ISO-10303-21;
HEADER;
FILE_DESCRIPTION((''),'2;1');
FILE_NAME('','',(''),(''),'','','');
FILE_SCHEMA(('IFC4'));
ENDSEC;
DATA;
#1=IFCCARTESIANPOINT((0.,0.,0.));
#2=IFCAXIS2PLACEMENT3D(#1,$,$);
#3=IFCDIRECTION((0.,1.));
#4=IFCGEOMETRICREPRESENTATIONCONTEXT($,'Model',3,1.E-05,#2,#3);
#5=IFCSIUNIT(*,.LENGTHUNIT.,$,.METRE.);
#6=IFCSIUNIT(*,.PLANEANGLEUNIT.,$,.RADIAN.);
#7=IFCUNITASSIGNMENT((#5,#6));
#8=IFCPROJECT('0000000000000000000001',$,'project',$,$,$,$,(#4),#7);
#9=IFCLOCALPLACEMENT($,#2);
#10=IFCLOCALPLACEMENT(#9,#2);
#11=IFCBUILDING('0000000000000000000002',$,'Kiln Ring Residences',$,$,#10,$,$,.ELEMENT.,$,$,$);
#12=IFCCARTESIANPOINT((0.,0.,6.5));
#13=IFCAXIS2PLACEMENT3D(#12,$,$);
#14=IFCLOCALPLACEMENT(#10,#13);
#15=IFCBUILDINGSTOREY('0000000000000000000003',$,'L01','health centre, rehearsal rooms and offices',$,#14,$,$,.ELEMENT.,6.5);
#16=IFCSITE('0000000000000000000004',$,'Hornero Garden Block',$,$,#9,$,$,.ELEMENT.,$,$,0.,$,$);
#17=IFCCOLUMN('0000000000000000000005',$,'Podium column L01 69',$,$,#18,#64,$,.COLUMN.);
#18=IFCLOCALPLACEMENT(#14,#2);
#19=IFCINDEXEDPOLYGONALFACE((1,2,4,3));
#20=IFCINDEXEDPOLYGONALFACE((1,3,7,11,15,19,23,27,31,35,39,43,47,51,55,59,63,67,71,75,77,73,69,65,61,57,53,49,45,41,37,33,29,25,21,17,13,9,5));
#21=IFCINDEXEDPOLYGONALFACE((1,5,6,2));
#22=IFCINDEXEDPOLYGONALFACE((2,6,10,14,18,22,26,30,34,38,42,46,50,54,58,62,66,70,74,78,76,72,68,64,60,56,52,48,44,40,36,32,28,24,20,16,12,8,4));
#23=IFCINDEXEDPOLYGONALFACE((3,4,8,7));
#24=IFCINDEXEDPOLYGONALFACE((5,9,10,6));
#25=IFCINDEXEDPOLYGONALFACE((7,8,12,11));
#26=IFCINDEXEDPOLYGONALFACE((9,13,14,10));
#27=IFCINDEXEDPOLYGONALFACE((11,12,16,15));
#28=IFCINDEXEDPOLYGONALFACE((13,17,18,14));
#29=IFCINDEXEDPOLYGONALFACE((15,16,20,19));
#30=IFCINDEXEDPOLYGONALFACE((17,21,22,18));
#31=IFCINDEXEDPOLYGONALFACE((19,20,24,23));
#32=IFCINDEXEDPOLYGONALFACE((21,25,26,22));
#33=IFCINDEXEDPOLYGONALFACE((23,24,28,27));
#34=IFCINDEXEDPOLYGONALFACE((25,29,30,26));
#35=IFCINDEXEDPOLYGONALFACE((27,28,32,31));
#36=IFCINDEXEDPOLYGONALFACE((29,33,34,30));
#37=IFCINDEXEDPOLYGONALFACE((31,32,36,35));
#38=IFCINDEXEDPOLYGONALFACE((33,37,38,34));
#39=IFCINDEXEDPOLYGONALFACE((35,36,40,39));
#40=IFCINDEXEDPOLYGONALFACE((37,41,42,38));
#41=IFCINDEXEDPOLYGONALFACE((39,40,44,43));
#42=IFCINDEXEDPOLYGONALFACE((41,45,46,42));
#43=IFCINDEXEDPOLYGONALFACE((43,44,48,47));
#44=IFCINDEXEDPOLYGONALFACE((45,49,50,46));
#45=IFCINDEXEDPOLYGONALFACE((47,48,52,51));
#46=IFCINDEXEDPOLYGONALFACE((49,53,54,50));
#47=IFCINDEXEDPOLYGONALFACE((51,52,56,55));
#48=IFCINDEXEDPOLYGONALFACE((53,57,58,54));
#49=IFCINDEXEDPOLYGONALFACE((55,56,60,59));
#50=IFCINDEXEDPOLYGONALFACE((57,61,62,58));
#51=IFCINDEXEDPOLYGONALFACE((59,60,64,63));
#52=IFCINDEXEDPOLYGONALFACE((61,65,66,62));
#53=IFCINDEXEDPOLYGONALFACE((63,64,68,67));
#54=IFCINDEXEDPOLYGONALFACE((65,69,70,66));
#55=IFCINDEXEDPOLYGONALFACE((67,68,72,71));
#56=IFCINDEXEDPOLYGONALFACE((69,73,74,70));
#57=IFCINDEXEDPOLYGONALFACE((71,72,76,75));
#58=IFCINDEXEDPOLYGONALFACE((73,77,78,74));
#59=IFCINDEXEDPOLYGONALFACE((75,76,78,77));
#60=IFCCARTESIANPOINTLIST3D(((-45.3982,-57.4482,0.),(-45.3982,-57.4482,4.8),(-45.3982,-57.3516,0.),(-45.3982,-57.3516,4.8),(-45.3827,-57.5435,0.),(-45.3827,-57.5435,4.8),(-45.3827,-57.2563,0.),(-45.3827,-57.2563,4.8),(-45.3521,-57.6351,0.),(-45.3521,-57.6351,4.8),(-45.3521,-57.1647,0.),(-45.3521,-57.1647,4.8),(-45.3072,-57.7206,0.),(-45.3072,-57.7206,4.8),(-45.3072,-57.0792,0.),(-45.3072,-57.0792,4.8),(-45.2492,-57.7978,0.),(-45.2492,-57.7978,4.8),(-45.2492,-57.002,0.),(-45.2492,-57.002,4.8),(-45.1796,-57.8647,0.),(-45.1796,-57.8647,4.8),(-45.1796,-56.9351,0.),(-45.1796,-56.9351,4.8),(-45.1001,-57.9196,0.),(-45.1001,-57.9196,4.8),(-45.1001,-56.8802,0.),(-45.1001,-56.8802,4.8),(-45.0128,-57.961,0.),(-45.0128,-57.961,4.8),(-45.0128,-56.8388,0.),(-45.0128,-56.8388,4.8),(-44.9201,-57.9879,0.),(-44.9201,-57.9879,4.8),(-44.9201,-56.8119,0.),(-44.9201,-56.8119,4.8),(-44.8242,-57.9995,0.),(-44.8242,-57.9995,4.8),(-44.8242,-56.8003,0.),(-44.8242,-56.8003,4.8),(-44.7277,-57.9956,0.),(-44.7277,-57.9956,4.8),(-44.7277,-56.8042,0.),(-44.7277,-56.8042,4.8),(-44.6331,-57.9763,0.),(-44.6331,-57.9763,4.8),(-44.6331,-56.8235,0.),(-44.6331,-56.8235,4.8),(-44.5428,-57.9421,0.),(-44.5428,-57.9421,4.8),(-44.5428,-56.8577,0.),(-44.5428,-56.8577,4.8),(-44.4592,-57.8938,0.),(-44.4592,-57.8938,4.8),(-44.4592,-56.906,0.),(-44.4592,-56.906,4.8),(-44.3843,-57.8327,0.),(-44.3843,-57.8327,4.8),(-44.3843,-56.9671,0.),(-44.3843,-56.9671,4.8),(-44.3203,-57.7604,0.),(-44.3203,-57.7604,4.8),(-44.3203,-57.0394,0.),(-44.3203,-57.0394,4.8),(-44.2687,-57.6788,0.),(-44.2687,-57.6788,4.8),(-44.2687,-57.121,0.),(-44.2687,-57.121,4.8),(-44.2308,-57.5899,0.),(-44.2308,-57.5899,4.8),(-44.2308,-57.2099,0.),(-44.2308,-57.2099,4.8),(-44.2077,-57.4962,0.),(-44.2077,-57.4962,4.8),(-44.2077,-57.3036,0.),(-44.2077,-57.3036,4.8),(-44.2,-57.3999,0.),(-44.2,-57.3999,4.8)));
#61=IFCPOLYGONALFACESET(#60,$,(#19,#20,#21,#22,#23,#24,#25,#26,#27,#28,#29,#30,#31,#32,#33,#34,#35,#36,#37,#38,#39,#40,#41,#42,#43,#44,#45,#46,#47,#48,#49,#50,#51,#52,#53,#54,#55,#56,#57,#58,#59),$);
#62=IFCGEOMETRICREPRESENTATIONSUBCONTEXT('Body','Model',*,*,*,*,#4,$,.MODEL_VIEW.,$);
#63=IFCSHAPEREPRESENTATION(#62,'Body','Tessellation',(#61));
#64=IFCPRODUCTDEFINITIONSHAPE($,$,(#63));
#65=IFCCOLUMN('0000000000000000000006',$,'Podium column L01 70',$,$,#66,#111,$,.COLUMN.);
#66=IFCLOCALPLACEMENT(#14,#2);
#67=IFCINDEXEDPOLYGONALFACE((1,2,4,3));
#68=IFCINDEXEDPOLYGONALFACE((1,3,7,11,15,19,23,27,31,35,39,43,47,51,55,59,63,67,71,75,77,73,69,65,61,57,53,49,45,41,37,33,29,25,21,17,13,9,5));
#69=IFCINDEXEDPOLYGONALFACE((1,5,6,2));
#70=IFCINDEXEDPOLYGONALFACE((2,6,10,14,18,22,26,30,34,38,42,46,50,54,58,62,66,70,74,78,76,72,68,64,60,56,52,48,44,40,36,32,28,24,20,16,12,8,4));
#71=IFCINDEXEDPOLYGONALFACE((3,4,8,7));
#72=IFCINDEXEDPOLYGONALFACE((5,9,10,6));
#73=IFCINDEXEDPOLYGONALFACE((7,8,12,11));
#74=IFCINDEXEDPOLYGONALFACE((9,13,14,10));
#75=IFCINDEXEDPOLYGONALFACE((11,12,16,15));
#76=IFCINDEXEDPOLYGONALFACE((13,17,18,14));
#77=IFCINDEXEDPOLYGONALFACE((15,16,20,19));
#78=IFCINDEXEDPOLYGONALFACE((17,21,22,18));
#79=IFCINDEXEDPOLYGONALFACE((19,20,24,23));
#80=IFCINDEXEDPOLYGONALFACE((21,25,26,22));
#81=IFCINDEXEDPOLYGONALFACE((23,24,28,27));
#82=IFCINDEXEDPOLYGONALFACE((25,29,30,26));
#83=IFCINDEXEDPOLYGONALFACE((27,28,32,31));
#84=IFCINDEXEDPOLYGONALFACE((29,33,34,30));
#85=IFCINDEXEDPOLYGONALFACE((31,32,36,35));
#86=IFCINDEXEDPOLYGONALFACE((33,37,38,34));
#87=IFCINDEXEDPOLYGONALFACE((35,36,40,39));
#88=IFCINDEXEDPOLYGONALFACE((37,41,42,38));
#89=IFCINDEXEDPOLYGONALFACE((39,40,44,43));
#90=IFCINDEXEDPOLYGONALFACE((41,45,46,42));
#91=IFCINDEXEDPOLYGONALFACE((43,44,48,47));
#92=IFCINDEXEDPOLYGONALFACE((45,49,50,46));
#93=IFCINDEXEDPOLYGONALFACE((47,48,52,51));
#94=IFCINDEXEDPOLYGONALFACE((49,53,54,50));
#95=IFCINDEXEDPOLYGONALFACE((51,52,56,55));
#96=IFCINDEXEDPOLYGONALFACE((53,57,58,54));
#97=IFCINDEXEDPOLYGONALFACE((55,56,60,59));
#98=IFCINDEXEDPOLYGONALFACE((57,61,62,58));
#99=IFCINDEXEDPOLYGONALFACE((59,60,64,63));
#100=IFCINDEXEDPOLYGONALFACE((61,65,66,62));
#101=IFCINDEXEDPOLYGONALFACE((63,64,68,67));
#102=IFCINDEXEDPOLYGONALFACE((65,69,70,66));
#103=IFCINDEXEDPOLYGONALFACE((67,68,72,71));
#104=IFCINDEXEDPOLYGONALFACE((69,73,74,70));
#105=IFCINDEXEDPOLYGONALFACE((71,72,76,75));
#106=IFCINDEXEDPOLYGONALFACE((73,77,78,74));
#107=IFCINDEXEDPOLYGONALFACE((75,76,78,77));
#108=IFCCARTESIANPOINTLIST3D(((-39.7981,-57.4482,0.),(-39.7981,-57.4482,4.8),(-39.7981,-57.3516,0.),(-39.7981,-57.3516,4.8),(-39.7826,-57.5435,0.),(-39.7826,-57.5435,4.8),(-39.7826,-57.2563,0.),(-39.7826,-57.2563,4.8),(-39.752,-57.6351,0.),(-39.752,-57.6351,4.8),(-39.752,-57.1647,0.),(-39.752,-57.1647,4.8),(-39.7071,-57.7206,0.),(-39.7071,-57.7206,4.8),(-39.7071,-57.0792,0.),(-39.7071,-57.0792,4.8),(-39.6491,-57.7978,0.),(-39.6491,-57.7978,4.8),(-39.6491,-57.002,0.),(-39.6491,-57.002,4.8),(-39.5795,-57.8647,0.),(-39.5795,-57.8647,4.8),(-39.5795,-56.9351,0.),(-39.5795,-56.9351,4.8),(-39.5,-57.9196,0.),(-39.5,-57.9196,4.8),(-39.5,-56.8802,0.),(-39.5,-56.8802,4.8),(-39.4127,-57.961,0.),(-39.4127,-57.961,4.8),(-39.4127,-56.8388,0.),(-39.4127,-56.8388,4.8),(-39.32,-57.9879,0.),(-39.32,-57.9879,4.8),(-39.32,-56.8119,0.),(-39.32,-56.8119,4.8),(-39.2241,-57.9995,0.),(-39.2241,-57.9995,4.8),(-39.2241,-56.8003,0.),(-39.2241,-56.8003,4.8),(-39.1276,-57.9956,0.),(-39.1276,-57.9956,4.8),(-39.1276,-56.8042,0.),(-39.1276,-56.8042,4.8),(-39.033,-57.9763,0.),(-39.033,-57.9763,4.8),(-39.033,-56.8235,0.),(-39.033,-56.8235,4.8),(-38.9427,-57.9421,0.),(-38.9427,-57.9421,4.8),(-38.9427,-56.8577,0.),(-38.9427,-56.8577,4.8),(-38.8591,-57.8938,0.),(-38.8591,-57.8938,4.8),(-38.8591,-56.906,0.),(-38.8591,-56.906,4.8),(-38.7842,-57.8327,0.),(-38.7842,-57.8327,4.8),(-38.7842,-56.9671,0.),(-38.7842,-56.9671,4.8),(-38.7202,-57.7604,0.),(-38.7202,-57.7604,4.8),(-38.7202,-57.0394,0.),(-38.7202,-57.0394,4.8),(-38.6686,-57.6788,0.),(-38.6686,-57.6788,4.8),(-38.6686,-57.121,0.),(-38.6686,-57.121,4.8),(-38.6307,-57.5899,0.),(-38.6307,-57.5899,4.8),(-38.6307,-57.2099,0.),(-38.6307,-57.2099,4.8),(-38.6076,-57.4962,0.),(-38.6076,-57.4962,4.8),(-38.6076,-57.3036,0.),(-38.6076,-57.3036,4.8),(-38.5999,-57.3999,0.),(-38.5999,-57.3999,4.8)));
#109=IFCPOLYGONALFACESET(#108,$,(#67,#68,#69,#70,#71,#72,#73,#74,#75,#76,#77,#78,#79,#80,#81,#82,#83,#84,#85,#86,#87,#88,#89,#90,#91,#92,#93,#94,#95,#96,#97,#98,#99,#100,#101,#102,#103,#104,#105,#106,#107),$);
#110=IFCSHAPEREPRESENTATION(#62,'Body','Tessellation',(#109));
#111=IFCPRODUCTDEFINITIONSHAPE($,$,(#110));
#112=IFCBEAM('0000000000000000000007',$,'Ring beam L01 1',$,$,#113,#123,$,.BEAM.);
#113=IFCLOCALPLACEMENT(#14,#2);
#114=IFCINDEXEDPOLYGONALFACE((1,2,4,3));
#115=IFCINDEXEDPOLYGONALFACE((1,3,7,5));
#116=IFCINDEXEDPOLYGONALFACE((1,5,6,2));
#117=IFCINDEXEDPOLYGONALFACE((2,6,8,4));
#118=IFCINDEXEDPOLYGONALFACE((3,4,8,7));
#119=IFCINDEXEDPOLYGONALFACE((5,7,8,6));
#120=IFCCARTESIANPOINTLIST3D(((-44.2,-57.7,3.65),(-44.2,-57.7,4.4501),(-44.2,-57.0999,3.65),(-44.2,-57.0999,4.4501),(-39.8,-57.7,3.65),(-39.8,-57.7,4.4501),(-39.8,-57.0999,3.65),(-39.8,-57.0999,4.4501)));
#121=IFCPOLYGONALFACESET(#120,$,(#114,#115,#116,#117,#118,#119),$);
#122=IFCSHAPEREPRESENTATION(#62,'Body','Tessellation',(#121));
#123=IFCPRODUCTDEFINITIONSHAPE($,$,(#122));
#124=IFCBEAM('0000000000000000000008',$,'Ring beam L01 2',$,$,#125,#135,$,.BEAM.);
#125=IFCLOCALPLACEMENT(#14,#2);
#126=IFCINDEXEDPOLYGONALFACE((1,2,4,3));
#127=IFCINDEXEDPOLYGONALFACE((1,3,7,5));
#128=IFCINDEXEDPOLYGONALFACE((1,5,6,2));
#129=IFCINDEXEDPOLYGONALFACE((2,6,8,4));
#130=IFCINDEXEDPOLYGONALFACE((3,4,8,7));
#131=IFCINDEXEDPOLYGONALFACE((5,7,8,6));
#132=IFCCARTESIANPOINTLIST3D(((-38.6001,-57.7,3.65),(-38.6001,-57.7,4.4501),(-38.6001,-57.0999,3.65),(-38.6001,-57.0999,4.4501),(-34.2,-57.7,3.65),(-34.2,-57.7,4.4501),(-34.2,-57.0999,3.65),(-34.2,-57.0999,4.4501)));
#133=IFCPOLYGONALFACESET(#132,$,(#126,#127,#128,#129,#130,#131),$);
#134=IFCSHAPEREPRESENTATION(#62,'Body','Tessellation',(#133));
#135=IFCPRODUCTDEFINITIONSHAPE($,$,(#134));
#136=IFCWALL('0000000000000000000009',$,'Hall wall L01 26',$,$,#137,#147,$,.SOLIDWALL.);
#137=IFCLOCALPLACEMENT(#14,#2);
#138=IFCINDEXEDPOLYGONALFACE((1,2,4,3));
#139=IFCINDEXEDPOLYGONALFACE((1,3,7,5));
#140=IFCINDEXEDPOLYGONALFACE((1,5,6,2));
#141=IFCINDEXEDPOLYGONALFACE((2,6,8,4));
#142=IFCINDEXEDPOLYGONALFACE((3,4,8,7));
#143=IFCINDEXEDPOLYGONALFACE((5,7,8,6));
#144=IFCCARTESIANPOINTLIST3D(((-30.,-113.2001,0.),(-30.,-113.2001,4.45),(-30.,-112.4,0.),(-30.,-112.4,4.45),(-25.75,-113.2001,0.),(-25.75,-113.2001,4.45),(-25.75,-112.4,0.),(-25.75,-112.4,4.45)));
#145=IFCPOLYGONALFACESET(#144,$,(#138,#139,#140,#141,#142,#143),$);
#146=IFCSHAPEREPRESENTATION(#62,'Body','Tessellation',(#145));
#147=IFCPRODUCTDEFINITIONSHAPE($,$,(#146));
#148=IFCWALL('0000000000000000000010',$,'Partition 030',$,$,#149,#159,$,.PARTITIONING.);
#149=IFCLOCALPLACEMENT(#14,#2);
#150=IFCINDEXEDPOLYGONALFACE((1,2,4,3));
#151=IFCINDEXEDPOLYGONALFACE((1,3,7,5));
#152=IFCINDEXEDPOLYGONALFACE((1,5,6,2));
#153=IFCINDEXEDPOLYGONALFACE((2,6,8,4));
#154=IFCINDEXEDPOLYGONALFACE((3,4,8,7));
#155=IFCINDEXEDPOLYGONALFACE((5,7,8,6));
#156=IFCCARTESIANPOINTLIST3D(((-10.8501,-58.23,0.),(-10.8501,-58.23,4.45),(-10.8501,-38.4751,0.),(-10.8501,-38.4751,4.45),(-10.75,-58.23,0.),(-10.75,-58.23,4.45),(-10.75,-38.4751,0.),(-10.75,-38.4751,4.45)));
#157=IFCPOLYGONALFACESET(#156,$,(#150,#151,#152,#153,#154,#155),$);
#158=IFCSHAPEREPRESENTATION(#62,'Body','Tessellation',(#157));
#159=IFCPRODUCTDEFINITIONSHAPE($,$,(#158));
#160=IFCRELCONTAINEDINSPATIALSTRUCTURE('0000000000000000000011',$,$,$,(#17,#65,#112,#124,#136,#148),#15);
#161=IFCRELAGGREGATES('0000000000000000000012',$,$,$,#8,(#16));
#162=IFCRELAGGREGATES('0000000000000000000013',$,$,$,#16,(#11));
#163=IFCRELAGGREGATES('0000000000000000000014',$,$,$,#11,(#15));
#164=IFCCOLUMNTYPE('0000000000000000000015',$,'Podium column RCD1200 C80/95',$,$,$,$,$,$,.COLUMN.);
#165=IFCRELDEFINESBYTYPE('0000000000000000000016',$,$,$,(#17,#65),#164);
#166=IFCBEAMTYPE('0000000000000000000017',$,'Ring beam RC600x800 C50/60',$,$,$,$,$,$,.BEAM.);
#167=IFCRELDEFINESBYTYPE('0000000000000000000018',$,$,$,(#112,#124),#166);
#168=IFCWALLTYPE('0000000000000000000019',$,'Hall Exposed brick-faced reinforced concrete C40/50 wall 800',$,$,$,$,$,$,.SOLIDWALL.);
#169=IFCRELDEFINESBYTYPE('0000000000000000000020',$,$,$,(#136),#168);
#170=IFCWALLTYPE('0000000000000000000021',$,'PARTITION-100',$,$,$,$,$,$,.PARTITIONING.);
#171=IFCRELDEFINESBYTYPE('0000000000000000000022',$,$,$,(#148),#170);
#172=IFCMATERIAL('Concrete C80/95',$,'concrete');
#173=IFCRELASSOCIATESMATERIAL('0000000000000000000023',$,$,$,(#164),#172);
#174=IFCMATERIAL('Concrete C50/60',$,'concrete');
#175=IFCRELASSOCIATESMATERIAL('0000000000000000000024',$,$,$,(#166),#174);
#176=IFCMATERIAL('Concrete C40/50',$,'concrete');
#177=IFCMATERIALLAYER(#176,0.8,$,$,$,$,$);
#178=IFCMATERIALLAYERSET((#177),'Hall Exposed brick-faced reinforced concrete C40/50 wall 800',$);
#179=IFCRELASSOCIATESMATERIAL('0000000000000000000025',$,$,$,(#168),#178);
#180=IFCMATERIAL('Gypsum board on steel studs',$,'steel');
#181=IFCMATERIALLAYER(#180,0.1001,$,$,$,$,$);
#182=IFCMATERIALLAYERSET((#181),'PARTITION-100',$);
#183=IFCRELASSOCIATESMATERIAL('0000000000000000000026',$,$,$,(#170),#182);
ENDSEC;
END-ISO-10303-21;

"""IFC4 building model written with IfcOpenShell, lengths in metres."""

from ifc_helpers import new_model, si_unit, direction, frame, frame_2d, origin, origin_2d, place, context, subcontext, project, spatial, rectangle, circle, extrude, material, layer, layer_set, material_profile, profile_set, type_object, element, save


model = new_model("IFC4")

# Units and contexts
model_context = context("Model", 3, precision=1e-05, world=origin(), true_north=direction((0.0, 1.0)))
body_context = subcontext(model_context, "Body", "Model", "MODEL_VIEW")
ifc_project = project(units=[si_unit("LENGTHUNIT", "METRE"), si_unit("PLANEANGLEUNIT", "RADIAN")], contexts=[model_context])

# Site, building, storey
site_placement = place(None, origin())
site = spatial("IfcSite", under=ifc_project, at=site_placement, Name="Hornero Garden Block", CompositionType="ELEMENT", RefElevation=0.0)
building_placement = place(site_placement, origin())
building = spatial("IfcBuilding", under=site, at=building_placement, Name="Kiln Ring Residences", CompositionType="ELEMENT")
storey_placement = place(building_placement, frame((0.0, 0.0, 6.5)))
storey = spatial("IfcBuildingStorey", under=building, at=storey_placement, Name="L01", Description="health centre, rehearsal rooms and offices", CompositionType="ELEMENT", Elevation=6.5)

# Columns
ifc_material_1 = material(Name="Concrete C80/95", Category="concrete")
ifc_material_profile_1 = material_profile(ifc_material_1, circle(Radius=0.6001, at=origin_2d()), Name="RCD1200")
ifc_profile_set_1 = profile_set([ifc_material_profile_1], Name="Concrete C80/95")
column_type = type_object("IfcColumnType", Name="Podium column RCD1200 C80/95", PredefinedType="COLUMN", material=ifc_profile_set_1)
for number, where, z_axis, x_axis, name in (
    (1, (-44.8, -57.3999, 0.0), (0.0, 0.0, 1.0), (1.0, 0.0, 0.0), "Podium column L01 69"),
    (2, (-39.2, -57.3999, 0.0), (0.0, 0.0, 1.0), (1.0, 0.0, 0.0), "Podium column L01 70"),
):
    element("IfcColumn", number, at=place(storey_placement, frame(where, z_axis=z_axis, x_axis=x_axis)), inside=storey, type_object=column_type, Name=name, PredefinedType="COLUMN", context=body_context, shape_type="SweptSolid", body=[
        extrude(circle(Radius=0.6001, at=origin_2d()), origin(), (0.0, 0.0, 1.0), 4.8),
    ])

# Beams
ifc_material_2 = material(Name="Concrete C50/60", Category="concrete")
ifc_material_profile_2 = material_profile(ifc_material_2, rectangle(XDim=0.6001, YDim=0.8, at=origin_2d()), Name="RC600x800")
ifc_profile_set_2 = profile_set([ifc_material_profile_2], Name="Concrete C50/60")
beam_type = type_object("IfcBeamType", Name="Ring beam RC600x800 C50/60", PredefinedType="BEAM", material=ifc_profile_set_2)
beam_1_placement = place(storey_placement, frame((-44.2, -57.3999, 4.05), z_axis=(1.0, 0.0, 0.0), x_axis=(0.0, 1.0, 0.0)))
element("IfcBeam", 3, at=beam_1_placement, inside=storey, type_object=beam_type, Name="Ring beam L01 1", PredefinedType="BEAM", context=body_context, shape_type="SweptSolid", body=[
    extrude(rectangle(XDim=0.6001, YDim=0.8, at=origin_2d()), origin(), (0.0, 0.0, 1.0), 4.3999),
])
beam_2_placement = place(storey_placement, frame((-38.6001, -57.3999, 4.05), z_axis=(1.0, 0.0, 0.0), x_axis=(0.0, 1.0, 0.0)))
element("IfcBeam", 4, at=beam_2_placement, inside=storey, type_object=beam_type, Name="Ring beam L01 2", PredefinedType="BEAM", context=body_context, shape_type="SweptSolid", body=[
    extrude(rectangle(XDim=0.6001, YDim=0.8, at=origin_2d()), origin(), (0.0, 0.0, 1.0), 4.4001),
])

# Wall
ifc_material_3 = material(Name="Concrete C40/50", Category="concrete")
ifc_layer_1 = layer(ifc_material_3, 0.8)
ifc_layer_set_1 = layer_set([ifc_layer_1], Name="Hall Exposed brick-faced reinforced concrete C40/50 wall 800")
wall_type_1 = type_object("IfcWallType", Name="Hall Exposed brick-faced reinforced concrete C40/50 wall 800", PredefinedType="SOLIDWALL", material=ifc_layer_set_1)
wall_1_placement = place(storey_placement, frame((-30.0, -112.8, 0.0), z_axis=(0.0, 0.0, 1.0), x_axis=(1.0, 0.0, 0.0)))
element("IfcWall", 5, at=wall_1_placement, inside=storey, type_object=wall_type_1, Name="Hall wall L01 26", PredefinedType="SOLIDWALL", context=body_context, shape_type="SweptSolid", body=[
    extrude(rectangle(XDim=4.25, YDim=0.8, at=frame_2d((2.125, 0.0))), origin(), (0.0, 0.0, 1.0), 4.45),
])

# Wall
ifc_material_4 = material(Name="Gypsum board on steel studs", Category="steel")
ifc_layer_2 = layer(ifc_material_4, 0.1001)
ifc_layer_set_2 = layer_set([ifc_layer_2], Name="PARTITION-100")
wall_type_2 = type_object("IfcWallType", Name="PARTITION-100", PredefinedType="PARTITIONING", material=ifc_layer_set_2)
wall_2_placement = place(storey_placement, frame((-10.8, -58.23, 0.0), z_axis=(0.0, 0.0, 1.0), x_axis=(0.0, 1.0, 0.0)))
element("IfcWall", 6, at=wall_2_placement, inside=storey, type_object=wall_type_2, Name="Partition 030", PredefinedType="PARTITIONING", context=body_context, shape_type="SweptSolid", body=[
    extrude(rectangle(XDim=19.7549, YDim=0.1001, at=frame_2d((9.8774, 0.0))), origin(), (0.0, 0.0, 1.0), 4.45),
])

save(model, "model.ifc")
